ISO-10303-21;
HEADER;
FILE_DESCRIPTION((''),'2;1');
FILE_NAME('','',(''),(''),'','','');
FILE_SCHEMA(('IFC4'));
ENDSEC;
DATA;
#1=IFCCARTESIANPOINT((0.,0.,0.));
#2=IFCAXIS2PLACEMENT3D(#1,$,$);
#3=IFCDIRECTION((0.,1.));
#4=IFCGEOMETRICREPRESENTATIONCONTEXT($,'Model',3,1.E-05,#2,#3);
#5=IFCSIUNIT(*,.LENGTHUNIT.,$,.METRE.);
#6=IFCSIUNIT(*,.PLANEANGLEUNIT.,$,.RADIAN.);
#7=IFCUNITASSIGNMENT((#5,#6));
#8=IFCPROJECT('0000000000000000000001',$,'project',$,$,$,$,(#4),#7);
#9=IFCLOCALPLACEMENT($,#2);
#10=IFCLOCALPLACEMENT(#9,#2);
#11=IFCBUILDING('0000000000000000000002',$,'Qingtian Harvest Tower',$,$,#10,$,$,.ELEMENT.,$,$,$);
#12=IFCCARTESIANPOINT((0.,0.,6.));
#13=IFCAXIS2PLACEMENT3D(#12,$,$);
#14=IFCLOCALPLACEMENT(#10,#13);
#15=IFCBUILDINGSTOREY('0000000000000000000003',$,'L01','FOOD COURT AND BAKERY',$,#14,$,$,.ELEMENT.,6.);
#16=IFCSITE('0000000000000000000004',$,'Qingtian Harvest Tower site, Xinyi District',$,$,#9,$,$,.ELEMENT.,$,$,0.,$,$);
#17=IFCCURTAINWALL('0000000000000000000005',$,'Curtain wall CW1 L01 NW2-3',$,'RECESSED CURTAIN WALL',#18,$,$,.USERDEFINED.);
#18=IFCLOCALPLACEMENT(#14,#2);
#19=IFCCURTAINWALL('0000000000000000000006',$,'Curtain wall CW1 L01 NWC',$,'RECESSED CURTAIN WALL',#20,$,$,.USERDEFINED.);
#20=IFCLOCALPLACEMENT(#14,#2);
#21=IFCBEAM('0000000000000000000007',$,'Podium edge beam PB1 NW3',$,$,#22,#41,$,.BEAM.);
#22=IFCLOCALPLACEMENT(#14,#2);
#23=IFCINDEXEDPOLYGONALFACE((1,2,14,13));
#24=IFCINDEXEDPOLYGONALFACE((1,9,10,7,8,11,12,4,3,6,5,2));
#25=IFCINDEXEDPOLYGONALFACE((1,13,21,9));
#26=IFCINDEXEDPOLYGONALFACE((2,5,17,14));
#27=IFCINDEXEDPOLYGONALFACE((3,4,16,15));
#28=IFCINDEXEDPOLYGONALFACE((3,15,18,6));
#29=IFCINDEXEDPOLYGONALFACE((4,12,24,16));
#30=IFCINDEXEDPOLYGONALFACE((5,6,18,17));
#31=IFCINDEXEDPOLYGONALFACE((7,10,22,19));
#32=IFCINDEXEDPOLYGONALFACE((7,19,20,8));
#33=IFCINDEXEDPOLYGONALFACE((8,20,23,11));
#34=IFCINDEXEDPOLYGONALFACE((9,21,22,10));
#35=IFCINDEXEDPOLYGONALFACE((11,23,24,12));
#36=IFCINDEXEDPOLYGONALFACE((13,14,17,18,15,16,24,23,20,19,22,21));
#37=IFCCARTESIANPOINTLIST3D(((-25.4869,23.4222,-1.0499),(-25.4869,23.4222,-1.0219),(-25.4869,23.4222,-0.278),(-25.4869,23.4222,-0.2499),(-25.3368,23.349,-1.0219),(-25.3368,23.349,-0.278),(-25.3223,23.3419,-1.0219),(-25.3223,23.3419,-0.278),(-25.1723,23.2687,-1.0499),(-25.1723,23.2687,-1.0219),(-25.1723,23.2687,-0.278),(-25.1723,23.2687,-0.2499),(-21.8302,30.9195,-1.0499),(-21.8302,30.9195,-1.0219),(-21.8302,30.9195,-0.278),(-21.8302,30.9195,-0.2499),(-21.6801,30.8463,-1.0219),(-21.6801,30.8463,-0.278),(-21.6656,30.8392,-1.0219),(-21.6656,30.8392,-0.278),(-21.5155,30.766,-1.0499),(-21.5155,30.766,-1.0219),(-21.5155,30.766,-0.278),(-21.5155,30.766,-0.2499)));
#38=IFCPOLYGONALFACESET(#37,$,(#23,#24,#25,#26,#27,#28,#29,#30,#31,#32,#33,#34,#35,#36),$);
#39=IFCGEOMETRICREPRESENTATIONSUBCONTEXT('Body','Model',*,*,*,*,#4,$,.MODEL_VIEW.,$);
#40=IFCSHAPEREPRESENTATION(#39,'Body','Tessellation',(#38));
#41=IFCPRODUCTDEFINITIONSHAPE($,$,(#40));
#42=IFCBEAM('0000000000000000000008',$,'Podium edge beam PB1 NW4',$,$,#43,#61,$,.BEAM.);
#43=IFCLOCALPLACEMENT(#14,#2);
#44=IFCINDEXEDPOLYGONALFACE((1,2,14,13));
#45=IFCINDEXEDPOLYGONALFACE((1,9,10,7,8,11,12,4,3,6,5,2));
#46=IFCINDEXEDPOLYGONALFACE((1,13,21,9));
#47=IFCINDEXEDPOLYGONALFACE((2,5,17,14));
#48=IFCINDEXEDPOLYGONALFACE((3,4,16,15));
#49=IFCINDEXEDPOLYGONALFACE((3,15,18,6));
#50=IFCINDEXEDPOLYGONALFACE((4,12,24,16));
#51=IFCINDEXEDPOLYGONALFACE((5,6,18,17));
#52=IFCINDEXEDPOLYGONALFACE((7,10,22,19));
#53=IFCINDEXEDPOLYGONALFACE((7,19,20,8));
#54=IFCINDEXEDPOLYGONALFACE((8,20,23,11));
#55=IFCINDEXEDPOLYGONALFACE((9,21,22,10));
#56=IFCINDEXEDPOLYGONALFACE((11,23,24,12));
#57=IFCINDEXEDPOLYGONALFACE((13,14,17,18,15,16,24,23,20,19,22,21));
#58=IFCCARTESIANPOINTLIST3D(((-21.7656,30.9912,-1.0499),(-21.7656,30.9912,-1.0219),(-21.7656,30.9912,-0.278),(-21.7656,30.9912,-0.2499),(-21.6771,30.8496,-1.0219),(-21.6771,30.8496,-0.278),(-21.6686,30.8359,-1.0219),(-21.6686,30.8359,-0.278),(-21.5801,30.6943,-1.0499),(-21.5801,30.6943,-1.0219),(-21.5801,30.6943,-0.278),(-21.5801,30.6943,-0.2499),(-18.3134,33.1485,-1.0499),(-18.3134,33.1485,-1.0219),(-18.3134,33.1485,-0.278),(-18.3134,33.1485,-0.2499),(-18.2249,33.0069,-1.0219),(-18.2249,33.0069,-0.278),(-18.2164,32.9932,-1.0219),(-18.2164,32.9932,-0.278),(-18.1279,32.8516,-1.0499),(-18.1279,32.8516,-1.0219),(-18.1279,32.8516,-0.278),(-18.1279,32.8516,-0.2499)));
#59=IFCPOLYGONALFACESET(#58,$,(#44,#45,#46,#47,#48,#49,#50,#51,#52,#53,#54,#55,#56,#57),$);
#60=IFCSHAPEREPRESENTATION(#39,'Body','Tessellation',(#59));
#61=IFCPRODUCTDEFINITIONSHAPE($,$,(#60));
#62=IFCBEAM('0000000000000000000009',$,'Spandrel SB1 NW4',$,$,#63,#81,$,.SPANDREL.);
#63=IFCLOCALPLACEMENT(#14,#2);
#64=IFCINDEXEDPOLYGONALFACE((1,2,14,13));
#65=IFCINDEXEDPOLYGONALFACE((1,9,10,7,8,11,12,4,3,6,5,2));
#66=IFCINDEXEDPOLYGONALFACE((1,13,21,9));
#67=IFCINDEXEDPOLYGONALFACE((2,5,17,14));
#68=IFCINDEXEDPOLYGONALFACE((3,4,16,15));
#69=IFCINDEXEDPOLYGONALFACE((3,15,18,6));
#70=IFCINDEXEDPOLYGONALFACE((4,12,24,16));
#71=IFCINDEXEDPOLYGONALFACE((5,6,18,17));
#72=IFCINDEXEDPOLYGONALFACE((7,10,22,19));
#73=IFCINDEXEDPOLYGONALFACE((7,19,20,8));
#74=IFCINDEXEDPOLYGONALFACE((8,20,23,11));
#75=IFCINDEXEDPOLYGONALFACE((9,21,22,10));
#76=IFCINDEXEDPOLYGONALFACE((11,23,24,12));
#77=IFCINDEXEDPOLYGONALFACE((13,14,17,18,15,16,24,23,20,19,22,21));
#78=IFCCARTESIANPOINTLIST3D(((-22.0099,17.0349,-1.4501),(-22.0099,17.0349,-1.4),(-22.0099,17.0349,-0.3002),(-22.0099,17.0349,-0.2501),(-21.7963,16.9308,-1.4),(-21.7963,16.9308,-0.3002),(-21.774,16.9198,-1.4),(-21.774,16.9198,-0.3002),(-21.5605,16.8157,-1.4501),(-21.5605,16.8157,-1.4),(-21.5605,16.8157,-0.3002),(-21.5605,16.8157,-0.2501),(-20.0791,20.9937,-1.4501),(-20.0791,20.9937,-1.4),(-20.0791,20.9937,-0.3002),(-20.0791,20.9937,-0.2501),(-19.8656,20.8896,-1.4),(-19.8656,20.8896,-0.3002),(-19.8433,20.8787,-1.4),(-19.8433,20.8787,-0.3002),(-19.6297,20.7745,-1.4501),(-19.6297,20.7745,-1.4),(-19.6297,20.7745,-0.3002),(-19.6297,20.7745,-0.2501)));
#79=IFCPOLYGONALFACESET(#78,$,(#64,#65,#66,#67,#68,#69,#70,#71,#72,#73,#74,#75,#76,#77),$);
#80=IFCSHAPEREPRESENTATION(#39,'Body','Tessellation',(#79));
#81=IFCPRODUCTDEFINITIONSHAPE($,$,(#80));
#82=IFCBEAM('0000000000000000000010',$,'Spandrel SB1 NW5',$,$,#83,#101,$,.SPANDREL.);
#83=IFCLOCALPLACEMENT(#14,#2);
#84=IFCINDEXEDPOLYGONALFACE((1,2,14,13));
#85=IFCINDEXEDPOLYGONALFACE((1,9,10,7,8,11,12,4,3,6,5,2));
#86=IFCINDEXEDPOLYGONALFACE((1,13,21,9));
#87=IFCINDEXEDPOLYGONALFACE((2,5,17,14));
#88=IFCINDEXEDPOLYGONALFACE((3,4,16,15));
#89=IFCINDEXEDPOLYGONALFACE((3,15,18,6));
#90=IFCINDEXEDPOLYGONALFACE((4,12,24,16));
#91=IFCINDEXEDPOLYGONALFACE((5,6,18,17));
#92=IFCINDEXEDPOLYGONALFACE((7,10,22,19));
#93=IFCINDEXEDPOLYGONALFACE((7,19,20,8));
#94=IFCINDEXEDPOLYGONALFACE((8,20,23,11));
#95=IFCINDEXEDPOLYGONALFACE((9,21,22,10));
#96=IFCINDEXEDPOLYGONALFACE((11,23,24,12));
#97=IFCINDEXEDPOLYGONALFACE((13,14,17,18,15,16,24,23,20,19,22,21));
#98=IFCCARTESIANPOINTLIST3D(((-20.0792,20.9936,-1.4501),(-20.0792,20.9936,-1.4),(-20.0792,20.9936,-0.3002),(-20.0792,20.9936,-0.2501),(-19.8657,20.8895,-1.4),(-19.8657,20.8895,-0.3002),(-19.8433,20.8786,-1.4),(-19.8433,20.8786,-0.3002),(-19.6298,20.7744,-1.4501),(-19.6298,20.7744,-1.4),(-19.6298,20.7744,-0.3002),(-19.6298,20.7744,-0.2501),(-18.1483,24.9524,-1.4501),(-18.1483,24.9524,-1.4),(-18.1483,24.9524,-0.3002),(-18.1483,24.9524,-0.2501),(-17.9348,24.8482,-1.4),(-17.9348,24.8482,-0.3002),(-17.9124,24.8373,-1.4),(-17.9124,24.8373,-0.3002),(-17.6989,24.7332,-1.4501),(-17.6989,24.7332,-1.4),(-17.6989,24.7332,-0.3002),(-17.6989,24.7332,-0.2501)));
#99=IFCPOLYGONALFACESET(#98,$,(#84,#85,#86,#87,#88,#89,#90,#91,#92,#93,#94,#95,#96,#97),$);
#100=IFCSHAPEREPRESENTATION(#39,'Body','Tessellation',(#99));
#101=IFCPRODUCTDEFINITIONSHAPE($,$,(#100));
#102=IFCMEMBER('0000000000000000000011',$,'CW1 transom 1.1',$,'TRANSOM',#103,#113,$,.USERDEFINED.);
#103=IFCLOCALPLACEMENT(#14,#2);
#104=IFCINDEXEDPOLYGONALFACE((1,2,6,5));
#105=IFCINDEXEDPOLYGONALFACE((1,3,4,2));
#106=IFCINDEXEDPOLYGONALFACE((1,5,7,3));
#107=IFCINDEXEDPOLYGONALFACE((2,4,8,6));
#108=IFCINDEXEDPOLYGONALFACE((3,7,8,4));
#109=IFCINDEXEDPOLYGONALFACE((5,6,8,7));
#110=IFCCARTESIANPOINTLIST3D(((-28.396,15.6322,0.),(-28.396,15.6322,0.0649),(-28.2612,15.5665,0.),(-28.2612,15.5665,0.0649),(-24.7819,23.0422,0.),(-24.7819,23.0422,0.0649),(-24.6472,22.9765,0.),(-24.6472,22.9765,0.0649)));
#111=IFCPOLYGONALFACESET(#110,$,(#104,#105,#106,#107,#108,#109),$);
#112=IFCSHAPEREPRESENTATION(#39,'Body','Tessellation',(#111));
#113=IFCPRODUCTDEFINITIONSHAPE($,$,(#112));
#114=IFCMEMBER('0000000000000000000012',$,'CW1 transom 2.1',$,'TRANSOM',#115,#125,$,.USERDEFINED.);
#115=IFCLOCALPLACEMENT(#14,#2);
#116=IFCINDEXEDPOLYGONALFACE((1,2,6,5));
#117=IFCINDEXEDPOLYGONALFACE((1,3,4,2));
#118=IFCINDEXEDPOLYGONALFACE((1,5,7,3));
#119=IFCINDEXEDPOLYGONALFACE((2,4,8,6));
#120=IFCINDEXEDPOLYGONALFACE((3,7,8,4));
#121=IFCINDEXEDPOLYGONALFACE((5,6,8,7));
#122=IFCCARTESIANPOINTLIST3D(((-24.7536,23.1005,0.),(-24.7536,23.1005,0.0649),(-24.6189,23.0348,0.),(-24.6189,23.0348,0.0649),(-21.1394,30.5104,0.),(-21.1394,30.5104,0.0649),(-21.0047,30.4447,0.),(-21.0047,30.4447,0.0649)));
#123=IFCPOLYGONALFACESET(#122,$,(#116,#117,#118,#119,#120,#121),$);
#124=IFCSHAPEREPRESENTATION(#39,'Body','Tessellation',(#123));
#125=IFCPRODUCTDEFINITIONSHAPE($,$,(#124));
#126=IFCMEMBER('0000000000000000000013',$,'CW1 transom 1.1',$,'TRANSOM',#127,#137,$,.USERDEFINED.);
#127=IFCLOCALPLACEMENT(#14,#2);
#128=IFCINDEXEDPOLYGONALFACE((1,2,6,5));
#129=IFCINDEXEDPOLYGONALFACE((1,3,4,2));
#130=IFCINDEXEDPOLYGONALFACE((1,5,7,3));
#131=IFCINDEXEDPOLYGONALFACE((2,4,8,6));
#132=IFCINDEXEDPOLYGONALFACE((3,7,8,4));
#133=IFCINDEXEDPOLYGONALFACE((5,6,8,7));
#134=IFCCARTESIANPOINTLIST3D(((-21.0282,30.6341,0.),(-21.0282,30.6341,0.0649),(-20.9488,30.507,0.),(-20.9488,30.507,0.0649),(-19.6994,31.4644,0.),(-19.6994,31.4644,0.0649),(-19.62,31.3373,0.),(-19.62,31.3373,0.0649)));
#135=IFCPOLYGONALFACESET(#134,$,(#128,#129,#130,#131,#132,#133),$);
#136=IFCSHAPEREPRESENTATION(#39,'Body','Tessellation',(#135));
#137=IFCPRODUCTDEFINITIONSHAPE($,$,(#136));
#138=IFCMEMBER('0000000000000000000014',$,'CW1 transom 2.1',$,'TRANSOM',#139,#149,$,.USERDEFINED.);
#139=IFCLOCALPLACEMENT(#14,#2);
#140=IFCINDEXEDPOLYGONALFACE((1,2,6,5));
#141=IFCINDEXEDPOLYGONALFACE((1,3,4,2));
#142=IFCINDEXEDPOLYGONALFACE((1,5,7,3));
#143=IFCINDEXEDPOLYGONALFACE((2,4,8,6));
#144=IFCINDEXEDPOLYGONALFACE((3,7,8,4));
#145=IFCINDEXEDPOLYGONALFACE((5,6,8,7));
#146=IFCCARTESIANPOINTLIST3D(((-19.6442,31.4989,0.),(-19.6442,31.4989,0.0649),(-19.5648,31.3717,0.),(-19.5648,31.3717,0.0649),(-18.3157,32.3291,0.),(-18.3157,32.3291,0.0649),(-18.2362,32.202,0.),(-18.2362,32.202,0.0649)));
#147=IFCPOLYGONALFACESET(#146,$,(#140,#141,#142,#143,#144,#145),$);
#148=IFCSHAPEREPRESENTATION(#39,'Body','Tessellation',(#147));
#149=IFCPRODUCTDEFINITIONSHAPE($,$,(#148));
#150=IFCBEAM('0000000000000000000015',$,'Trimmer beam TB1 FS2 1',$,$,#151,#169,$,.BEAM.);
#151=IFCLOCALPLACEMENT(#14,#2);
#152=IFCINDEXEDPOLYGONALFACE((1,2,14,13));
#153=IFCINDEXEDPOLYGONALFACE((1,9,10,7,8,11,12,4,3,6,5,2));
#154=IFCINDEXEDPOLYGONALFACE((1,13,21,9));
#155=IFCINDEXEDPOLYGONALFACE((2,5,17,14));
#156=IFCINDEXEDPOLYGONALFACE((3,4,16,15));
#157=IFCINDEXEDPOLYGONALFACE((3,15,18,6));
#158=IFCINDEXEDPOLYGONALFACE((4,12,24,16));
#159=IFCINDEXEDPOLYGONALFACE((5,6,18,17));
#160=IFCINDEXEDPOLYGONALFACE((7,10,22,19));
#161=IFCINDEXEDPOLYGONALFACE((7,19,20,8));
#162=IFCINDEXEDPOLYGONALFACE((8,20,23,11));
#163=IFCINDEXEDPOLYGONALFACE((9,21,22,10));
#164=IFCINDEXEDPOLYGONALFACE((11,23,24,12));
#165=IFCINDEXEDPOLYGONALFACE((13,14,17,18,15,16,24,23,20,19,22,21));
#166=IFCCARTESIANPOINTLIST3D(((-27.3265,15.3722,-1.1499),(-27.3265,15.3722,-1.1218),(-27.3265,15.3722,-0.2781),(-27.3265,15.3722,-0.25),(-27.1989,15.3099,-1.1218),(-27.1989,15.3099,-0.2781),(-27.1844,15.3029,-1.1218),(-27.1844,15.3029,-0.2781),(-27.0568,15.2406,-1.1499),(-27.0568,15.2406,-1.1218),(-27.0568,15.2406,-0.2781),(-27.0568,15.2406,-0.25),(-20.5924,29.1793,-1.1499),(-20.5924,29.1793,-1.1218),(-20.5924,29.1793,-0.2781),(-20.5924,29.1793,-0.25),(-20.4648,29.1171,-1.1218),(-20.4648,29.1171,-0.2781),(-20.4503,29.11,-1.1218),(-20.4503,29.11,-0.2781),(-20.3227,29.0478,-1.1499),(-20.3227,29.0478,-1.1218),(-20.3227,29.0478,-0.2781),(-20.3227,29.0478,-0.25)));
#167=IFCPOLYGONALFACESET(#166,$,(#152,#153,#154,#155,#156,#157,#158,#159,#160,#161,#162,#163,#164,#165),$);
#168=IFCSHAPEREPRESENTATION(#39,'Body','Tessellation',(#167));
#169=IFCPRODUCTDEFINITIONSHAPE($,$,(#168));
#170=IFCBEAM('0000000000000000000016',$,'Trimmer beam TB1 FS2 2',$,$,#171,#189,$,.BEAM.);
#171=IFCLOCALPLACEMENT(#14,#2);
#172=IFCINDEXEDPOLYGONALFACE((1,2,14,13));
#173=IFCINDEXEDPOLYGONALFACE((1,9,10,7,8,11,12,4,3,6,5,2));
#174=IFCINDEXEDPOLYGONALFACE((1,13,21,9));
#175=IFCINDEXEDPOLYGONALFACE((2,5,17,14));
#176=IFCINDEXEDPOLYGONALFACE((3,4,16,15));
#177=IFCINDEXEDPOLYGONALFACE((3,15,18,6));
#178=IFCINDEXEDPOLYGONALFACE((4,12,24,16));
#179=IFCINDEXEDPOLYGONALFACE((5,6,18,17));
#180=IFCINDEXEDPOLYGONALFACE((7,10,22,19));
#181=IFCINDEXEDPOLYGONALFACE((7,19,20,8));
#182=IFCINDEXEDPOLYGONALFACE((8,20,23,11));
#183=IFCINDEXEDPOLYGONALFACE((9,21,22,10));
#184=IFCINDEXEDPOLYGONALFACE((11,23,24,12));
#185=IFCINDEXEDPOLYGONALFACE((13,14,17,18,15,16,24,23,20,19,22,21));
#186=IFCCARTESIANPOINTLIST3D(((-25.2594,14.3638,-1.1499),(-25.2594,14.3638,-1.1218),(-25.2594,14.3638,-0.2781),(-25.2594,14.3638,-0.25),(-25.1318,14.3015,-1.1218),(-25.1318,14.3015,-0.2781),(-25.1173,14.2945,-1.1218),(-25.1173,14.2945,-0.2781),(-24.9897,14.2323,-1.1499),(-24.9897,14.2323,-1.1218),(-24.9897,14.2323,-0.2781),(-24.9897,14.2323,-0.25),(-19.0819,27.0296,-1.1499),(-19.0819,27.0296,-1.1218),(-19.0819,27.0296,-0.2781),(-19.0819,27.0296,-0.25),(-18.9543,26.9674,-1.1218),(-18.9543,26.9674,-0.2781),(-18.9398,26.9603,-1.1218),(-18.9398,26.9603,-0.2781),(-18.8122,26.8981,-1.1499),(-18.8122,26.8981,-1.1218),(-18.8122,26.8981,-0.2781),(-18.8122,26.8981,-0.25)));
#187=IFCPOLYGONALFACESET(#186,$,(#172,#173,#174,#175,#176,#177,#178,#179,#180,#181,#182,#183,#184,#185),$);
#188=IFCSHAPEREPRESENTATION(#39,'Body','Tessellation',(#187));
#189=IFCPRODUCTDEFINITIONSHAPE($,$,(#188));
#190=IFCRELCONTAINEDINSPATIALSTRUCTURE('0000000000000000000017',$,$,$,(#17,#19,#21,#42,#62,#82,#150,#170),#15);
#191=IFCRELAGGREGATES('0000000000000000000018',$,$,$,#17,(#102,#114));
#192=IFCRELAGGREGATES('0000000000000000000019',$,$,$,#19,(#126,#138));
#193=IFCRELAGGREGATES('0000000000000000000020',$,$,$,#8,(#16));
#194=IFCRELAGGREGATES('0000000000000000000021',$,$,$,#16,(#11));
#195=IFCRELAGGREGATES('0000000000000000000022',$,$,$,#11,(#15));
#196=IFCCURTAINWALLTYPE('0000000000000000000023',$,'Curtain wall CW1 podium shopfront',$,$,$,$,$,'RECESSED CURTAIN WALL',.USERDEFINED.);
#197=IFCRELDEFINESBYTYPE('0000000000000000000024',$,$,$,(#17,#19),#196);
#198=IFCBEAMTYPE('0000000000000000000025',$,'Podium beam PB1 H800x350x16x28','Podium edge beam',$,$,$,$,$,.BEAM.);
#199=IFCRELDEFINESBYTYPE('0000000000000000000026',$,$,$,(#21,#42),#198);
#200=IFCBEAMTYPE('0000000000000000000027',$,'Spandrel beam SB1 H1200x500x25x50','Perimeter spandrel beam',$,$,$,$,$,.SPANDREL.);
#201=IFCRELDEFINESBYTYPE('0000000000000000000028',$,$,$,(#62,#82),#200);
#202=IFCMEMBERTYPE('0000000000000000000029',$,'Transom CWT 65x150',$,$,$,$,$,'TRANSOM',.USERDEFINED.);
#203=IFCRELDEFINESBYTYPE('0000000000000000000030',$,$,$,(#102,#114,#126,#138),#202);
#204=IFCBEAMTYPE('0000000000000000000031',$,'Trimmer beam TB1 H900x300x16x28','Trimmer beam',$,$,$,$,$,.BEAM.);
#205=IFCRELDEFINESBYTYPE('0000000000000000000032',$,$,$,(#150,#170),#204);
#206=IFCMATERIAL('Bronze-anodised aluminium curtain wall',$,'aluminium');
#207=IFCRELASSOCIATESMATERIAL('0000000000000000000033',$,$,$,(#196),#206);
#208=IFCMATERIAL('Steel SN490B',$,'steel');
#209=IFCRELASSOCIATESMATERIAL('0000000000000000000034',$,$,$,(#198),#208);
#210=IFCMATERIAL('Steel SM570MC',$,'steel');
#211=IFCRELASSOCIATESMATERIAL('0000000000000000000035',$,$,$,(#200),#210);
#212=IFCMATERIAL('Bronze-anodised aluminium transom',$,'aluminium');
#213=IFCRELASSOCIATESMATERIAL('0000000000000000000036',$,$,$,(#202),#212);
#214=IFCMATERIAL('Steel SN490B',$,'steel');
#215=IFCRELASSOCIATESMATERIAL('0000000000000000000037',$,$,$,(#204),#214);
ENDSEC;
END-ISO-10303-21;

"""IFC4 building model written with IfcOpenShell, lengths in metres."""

from ifc_helpers import new_model, si_unit, direction, frame, origin, origin_2d, place, context, subcontext, project, spatial, rectangle, i_section, extrude, material, material_profile, profile_set, type_object, element, aggregate, save


model = new_model("IFC4")

# Units and contexts
model_context = context("Model", 3, precision=1e-05, world=origin(), true_north=direction((0.0, 1.0)))
body_context = subcontext(model_context, "Body", "Model", "MODEL_VIEW")
ifc_project = project(units=[si_unit("LENGTHUNIT", "METRE"), si_unit("PLANEANGLEUNIT", "RADIAN")], contexts=[model_context])

# Site, building, storey
site_placement = place(None, origin())
site = spatial("IfcSite", under=ifc_project, at=site_placement, Name="Qingtian Harvest Tower site, Xinyi District", CompositionType="ELEMENT", RefElevation=0.0)
building_placement = place(site_placement, origin())
building = spatial("IfcBuilding", under=site, at=building_placement, Name="Qingtian Harvest Tower", CompositionType="ELEMENT")
storey_placement = place(building_placement, frame((0.0, 0.0, 6.0)))
storey = spatial("IfcBuildingStorey", under=building, at=storey_placement, Name="L01", Description="FOOD COURT AND BAKERY", CompositionType="ELEMENT", Elevation=6.0)

# Curtain walls
ifc_material_1 = material(Name="Bronze-anodised aluminium curtain wall", Category="aluminium")
curtain_wall_type = type_object("IfcCurtainWallType", Name="Curtain wall CW1 podium shopfront", ElementType="RECESSED CURTAIN WALL", PredefinedType="USERDEFINED", material=ifc_material_1)
curtain_wall_1_placement = place(storey_placement, origin())
curtain_wall_1 = element("IfcCurtainWall", 1, at=curtain_wall_1_placement, inside=storey, type_object=curtain_wall_type, Name="Curtain wall CW1 L01 NW2-3", ObjectType="RECESSED CURTAIN WALL", PredefinedType="USERDEFINED")
curtain_wall_2_placement = place(storey_placement, origin())
curtain_wall_2 = element("IfcCurtainWall", 2, at=curtain_wall_2_placement, inside=storey, type_object=curtain_wall_type, Name="Curtain wall CW1 L01 NWC", ObjectType="RECESSED CURTAIN WALL", PredefinedType="USERDEFINED")

# Beams
ifc_material_2 = material(Name="Steel SN490B", Category="steel")
ifc_material_profile_1 = material_profile(ifc_material_2, i_section(OverallWidth=0.3501, OverallDepth=0.8, WebThickness=0.0161, FlangeThickness=0.0281, at=origin_2d()), Name="H800x350x16x28")
ifc_profile_set_1 = profile_set([ifc_material_profile_1], Name="Steel SN490B")
beam_type_1 = type_object("IfcBeamType", Name="Podium beam PB1 H800x350x16x28", Description="Podium edge beam", PredefinedType="BEAM", material=ifc_profile_set_1)
beam_1_placement = place(storey_placement, frame((-25.3296, 23.3455, -0.6499), z_axis=(0.438376, 0.898792, 0.0), x_axis=(-0.898792, 0.438376, 0.0)))
element("IfcBeam", 3, at=beam_1_placement, inside=storey, type_object=beam_type_1, Name="Podium edge beam PB1 NW3", PredefinedType="BEAM", context=body_context, shape_type="SweptSolid", body=[
    extrude(i_section(OverallWidth=0.3501, OverallDepth=0.8, WebThickness=0.0161, FlangeThickness=0.0281, at=origin_2d()), origin(), (0.0, 0.0, 1.0), 8.3416),
])
beam_2_placement = place(storey_placement, frame((-21.6729, 30.8428, -0.6499), z_axis=(0.848039, 0.529934, 0.0), x_axis=(-0.529934, 0.848039, 0.0)))
element("IfcBeam", 4, at=beam_2_placement, inside=storey, type_object=beam_type_1, Name="Podium edge beam PB1 NW4", PredefinedType="BEAM", context=body_context, shape_type="SweptSolid", body=[
    extrude(i_section(OverallWidth=0.3501, OverallDepth=0.8, WebThickness=0.0161, FlangeThickness=0.0281, at=origin_2d()), origin(), (0.0, 0.0, 1.0), 4.0708),
])
ifc_material_3 = material(Name="Steel SM570MC", Category="steel")
ifc_material_profile_2 = material_profile(ifc_material_3, i_section(OverallWidth=0.5, OverallDepth=1.2, WebThickness=0.0249, FlangeThickness=0.05, at=origin_2d()), Name="H1200x500x25x50")
ifc_profile_set_2 = profile_set([ifc_material_profile_2], Name="Steel SM570MC")
beam_type_2 = type_object("IfcBeamType", Name="Spandrel beam SB1 H1200x500x25x50", Description="Perimeter spandrel beam", PredefinedType="SPANDREL", material=ifc_profile_set_2)
for number, where, z_axis, x_axis, name in (
    (5, (-21.7852, 16.9253, -0.8501), (0.438345, 0.898807, 0.0), (-0.898807, 0.438345, 0.0), "Spandrel SB1 NW4"),
    (6, (-19.8545, 20.884, -0.8501), (0.43839, 0.898785, 0.0), (-0.898785, 0.43839, 0.0), "Spandrel SB1 NW5"),
):
    element("IfcBeam", number, at=place(storey_placement, frame(where, z_axis=z_axis, x_axis=x_axis)), inside=storey, type_object=beam_type_2, Name=name, PredefinedType="SPANDREL", context=body_context, shape_type="SweptSolid", body=[
        extrude(i_section(OverallWidth=0.5, OverallDepth=1.2, WebThickness=0.0249, FlangeThickness=0.05, at=origin_2d()), origin(), (0.0, 0.0, 1.0), 4.4045),
    ])

# Members
ifc_material_4 = material(Name="Bronze-anodised aluminium transom", Category="aluminium")
ifc_material_profile_3 = material_profile(ifc_material_4, rectangle(XDim=0.1499, YDim=0.0649, at=origin_2d()), Name="AL 65x150")
ifc_profile_set_3 = profile_set([ifc_material_profile_3], Name="Bronze-anodised aluminium transom")
member_type_1 = type_object("IfcMemberType", Name="Transom CWT 65x150", ElementType="TRANSOM", PredefinedType="USERDEFINED", material=ifc_profile_set_3)
member_1_placement = place(storey_placement, frame((-28.3286, 15.5994, 0.0325), z_axis=(0.438367, 0.898796, 0.0), x_axis=(-0.898796, 0.438367, 0.0)))
member_1 = element("IfcMember", 7, at=member_1_placement, type_object=member_type_1, Name="CW1 transom 1.1", ObjectType="TRANSOM", PredefinedType="USERDEFINED", context=body_context, shape_type="SweptSolid", body=[
    extrude(rectangle(XDim=0.1499, YDim=0.0649, at=origin_2d()), origin(), (0.0, 0.0, 1.0), 8.2444),
])
member_2_placement = place(storey_placement, frame((-24.6863, 23.0676, 0.0325), z_axis=(0.438391, 0.898784, 0.0), x_axis=(-0.898784, 0.438391, 0.0)))
member_2 = element("IfcMember", 8, at=member_2_placement, type_object=member_type_1, Name="CW1 transom 2.1", ObjectType="TRANSOM", PredefinedType="USERDEFINED", context=body_context, shape_type="SweptSolid", body=[
    extrude(rectangle(XDim=0.1499, YDim=0.0649, at=origin_2d()), origin(), (0.0, 0.0, 1.0), 8.2444),
])
member_3_placement = place(storey_placement, frame((-20.9885, 30.5706, 0.0325), z_axis=(0.84806, 0.529901, 0.0), x_axis=(-0.529901, 0.84806, 0.0)))
member_3 = element("IfcMember", 9, at=member_3_placement, type_object=member_type_1, Name="CW1 transom 1.1", ObjectType="TRANSOM", PredefinedType="USERDEFINED", context=body_context, shape_type="SweptSolid", body=[
    extrude(rectangle(XDim=0.1499, YDim=0.0649, at=origin_2d()), origin(), (0.0, 0.0, 1.0), 1.5669),
])
member_4_placement = place(storey_placement, frame((-19.6045, 31.4353, 0.0325), z_axis=(0.848016, 0.529971, 0.0), x_axis=(-0.529971, 0.848016, 0.0)))
member_4 = element("IfcMember", 10, at=member_4_placement, type_object=member_type_1, Name="CW1 transom 2.1", ObjectType="TRANSOM", PredefinedType="USERDEFINED", context=body_context, shape_type="SweptSolid", body=[
    extrude(rectangle(XDim=0.1499, YDim=0.0649, at=origin_2d()), origin(), (0.0, 0.0, 1.0), 1.5667),
])

# Beams
ifc_material_5 = material(Name="Steel SN490B", Category="steel")
ifc_material_profile_4 = material_profile(ifc_material_5, i_section(OverallWidth=0.3, OverallDepth=0.8999, WebThickness=0.0161, FlangeThickness=0.0281, at=origin_2d()), Name="H900x300x16x28")
ifc_profile_set_4 = profile_set([ifc_material_profile_4], Name="Steel SN490B")
beam_type_3 = type_object("IfcBeamType", Name="Trimmer beam TB1 H900x300x16x28", Description="Trimmer beam", PredefinedType="BEAM", material=ifc_profile_set_4)
beam_3_placement = place(storey_placement, frame((-20.4575, 29.1135, -0.7), z_axis=(-0.438368, -0.898795, 0.0), x_axis=(0.898795, -0.438368, 0.0)))
element("IfcBeam", 11, at=beam_3_placement, inside=storey, type_object=beam_type_3, Name="Trimmer beam TB1 FS2 1", PredefinedType="BEAM", context=body_context, shape_type="SweptSolid", body=[
    extrude(i_section(OverallWidth=0.3, OverallDepth=0.8999, WebThickness=0.0161, FlangeThickness=0.0281, at=origin_2d()), origin(), (0.0, 0.0, 1.0), 15.3618),
])
beam_4_placement = place(storey_placement, frame((-18.947, 26.9639, -0.7), z_axis=(-0.43837, -0.898795, 0.0), x_axis=(0.898795, -0.43837, 0.0)))
element("IfcBeam", 12, at=beam_4_placement, inside=storey, type_object=beam_type_3, Name="Trimmer beam TB1 FS2 2", PredefinedType="BEAM", context=body_context, shape_type="SweptSolid", body=[
    extrude(i_section(OverallWidth=0.3, OverallDepth=0.8999, WebThickness=0.0161, FlangeThickness=0.0281, at=origin_2d()), origin(), (0.0, 0.0, 1.0), 14.092),
])

aggregate(curtain_wall_1, [member_1, member_2])
aggregate(curtain_wall_2, [member_3, member_4])

save(model, "model.ifc")
